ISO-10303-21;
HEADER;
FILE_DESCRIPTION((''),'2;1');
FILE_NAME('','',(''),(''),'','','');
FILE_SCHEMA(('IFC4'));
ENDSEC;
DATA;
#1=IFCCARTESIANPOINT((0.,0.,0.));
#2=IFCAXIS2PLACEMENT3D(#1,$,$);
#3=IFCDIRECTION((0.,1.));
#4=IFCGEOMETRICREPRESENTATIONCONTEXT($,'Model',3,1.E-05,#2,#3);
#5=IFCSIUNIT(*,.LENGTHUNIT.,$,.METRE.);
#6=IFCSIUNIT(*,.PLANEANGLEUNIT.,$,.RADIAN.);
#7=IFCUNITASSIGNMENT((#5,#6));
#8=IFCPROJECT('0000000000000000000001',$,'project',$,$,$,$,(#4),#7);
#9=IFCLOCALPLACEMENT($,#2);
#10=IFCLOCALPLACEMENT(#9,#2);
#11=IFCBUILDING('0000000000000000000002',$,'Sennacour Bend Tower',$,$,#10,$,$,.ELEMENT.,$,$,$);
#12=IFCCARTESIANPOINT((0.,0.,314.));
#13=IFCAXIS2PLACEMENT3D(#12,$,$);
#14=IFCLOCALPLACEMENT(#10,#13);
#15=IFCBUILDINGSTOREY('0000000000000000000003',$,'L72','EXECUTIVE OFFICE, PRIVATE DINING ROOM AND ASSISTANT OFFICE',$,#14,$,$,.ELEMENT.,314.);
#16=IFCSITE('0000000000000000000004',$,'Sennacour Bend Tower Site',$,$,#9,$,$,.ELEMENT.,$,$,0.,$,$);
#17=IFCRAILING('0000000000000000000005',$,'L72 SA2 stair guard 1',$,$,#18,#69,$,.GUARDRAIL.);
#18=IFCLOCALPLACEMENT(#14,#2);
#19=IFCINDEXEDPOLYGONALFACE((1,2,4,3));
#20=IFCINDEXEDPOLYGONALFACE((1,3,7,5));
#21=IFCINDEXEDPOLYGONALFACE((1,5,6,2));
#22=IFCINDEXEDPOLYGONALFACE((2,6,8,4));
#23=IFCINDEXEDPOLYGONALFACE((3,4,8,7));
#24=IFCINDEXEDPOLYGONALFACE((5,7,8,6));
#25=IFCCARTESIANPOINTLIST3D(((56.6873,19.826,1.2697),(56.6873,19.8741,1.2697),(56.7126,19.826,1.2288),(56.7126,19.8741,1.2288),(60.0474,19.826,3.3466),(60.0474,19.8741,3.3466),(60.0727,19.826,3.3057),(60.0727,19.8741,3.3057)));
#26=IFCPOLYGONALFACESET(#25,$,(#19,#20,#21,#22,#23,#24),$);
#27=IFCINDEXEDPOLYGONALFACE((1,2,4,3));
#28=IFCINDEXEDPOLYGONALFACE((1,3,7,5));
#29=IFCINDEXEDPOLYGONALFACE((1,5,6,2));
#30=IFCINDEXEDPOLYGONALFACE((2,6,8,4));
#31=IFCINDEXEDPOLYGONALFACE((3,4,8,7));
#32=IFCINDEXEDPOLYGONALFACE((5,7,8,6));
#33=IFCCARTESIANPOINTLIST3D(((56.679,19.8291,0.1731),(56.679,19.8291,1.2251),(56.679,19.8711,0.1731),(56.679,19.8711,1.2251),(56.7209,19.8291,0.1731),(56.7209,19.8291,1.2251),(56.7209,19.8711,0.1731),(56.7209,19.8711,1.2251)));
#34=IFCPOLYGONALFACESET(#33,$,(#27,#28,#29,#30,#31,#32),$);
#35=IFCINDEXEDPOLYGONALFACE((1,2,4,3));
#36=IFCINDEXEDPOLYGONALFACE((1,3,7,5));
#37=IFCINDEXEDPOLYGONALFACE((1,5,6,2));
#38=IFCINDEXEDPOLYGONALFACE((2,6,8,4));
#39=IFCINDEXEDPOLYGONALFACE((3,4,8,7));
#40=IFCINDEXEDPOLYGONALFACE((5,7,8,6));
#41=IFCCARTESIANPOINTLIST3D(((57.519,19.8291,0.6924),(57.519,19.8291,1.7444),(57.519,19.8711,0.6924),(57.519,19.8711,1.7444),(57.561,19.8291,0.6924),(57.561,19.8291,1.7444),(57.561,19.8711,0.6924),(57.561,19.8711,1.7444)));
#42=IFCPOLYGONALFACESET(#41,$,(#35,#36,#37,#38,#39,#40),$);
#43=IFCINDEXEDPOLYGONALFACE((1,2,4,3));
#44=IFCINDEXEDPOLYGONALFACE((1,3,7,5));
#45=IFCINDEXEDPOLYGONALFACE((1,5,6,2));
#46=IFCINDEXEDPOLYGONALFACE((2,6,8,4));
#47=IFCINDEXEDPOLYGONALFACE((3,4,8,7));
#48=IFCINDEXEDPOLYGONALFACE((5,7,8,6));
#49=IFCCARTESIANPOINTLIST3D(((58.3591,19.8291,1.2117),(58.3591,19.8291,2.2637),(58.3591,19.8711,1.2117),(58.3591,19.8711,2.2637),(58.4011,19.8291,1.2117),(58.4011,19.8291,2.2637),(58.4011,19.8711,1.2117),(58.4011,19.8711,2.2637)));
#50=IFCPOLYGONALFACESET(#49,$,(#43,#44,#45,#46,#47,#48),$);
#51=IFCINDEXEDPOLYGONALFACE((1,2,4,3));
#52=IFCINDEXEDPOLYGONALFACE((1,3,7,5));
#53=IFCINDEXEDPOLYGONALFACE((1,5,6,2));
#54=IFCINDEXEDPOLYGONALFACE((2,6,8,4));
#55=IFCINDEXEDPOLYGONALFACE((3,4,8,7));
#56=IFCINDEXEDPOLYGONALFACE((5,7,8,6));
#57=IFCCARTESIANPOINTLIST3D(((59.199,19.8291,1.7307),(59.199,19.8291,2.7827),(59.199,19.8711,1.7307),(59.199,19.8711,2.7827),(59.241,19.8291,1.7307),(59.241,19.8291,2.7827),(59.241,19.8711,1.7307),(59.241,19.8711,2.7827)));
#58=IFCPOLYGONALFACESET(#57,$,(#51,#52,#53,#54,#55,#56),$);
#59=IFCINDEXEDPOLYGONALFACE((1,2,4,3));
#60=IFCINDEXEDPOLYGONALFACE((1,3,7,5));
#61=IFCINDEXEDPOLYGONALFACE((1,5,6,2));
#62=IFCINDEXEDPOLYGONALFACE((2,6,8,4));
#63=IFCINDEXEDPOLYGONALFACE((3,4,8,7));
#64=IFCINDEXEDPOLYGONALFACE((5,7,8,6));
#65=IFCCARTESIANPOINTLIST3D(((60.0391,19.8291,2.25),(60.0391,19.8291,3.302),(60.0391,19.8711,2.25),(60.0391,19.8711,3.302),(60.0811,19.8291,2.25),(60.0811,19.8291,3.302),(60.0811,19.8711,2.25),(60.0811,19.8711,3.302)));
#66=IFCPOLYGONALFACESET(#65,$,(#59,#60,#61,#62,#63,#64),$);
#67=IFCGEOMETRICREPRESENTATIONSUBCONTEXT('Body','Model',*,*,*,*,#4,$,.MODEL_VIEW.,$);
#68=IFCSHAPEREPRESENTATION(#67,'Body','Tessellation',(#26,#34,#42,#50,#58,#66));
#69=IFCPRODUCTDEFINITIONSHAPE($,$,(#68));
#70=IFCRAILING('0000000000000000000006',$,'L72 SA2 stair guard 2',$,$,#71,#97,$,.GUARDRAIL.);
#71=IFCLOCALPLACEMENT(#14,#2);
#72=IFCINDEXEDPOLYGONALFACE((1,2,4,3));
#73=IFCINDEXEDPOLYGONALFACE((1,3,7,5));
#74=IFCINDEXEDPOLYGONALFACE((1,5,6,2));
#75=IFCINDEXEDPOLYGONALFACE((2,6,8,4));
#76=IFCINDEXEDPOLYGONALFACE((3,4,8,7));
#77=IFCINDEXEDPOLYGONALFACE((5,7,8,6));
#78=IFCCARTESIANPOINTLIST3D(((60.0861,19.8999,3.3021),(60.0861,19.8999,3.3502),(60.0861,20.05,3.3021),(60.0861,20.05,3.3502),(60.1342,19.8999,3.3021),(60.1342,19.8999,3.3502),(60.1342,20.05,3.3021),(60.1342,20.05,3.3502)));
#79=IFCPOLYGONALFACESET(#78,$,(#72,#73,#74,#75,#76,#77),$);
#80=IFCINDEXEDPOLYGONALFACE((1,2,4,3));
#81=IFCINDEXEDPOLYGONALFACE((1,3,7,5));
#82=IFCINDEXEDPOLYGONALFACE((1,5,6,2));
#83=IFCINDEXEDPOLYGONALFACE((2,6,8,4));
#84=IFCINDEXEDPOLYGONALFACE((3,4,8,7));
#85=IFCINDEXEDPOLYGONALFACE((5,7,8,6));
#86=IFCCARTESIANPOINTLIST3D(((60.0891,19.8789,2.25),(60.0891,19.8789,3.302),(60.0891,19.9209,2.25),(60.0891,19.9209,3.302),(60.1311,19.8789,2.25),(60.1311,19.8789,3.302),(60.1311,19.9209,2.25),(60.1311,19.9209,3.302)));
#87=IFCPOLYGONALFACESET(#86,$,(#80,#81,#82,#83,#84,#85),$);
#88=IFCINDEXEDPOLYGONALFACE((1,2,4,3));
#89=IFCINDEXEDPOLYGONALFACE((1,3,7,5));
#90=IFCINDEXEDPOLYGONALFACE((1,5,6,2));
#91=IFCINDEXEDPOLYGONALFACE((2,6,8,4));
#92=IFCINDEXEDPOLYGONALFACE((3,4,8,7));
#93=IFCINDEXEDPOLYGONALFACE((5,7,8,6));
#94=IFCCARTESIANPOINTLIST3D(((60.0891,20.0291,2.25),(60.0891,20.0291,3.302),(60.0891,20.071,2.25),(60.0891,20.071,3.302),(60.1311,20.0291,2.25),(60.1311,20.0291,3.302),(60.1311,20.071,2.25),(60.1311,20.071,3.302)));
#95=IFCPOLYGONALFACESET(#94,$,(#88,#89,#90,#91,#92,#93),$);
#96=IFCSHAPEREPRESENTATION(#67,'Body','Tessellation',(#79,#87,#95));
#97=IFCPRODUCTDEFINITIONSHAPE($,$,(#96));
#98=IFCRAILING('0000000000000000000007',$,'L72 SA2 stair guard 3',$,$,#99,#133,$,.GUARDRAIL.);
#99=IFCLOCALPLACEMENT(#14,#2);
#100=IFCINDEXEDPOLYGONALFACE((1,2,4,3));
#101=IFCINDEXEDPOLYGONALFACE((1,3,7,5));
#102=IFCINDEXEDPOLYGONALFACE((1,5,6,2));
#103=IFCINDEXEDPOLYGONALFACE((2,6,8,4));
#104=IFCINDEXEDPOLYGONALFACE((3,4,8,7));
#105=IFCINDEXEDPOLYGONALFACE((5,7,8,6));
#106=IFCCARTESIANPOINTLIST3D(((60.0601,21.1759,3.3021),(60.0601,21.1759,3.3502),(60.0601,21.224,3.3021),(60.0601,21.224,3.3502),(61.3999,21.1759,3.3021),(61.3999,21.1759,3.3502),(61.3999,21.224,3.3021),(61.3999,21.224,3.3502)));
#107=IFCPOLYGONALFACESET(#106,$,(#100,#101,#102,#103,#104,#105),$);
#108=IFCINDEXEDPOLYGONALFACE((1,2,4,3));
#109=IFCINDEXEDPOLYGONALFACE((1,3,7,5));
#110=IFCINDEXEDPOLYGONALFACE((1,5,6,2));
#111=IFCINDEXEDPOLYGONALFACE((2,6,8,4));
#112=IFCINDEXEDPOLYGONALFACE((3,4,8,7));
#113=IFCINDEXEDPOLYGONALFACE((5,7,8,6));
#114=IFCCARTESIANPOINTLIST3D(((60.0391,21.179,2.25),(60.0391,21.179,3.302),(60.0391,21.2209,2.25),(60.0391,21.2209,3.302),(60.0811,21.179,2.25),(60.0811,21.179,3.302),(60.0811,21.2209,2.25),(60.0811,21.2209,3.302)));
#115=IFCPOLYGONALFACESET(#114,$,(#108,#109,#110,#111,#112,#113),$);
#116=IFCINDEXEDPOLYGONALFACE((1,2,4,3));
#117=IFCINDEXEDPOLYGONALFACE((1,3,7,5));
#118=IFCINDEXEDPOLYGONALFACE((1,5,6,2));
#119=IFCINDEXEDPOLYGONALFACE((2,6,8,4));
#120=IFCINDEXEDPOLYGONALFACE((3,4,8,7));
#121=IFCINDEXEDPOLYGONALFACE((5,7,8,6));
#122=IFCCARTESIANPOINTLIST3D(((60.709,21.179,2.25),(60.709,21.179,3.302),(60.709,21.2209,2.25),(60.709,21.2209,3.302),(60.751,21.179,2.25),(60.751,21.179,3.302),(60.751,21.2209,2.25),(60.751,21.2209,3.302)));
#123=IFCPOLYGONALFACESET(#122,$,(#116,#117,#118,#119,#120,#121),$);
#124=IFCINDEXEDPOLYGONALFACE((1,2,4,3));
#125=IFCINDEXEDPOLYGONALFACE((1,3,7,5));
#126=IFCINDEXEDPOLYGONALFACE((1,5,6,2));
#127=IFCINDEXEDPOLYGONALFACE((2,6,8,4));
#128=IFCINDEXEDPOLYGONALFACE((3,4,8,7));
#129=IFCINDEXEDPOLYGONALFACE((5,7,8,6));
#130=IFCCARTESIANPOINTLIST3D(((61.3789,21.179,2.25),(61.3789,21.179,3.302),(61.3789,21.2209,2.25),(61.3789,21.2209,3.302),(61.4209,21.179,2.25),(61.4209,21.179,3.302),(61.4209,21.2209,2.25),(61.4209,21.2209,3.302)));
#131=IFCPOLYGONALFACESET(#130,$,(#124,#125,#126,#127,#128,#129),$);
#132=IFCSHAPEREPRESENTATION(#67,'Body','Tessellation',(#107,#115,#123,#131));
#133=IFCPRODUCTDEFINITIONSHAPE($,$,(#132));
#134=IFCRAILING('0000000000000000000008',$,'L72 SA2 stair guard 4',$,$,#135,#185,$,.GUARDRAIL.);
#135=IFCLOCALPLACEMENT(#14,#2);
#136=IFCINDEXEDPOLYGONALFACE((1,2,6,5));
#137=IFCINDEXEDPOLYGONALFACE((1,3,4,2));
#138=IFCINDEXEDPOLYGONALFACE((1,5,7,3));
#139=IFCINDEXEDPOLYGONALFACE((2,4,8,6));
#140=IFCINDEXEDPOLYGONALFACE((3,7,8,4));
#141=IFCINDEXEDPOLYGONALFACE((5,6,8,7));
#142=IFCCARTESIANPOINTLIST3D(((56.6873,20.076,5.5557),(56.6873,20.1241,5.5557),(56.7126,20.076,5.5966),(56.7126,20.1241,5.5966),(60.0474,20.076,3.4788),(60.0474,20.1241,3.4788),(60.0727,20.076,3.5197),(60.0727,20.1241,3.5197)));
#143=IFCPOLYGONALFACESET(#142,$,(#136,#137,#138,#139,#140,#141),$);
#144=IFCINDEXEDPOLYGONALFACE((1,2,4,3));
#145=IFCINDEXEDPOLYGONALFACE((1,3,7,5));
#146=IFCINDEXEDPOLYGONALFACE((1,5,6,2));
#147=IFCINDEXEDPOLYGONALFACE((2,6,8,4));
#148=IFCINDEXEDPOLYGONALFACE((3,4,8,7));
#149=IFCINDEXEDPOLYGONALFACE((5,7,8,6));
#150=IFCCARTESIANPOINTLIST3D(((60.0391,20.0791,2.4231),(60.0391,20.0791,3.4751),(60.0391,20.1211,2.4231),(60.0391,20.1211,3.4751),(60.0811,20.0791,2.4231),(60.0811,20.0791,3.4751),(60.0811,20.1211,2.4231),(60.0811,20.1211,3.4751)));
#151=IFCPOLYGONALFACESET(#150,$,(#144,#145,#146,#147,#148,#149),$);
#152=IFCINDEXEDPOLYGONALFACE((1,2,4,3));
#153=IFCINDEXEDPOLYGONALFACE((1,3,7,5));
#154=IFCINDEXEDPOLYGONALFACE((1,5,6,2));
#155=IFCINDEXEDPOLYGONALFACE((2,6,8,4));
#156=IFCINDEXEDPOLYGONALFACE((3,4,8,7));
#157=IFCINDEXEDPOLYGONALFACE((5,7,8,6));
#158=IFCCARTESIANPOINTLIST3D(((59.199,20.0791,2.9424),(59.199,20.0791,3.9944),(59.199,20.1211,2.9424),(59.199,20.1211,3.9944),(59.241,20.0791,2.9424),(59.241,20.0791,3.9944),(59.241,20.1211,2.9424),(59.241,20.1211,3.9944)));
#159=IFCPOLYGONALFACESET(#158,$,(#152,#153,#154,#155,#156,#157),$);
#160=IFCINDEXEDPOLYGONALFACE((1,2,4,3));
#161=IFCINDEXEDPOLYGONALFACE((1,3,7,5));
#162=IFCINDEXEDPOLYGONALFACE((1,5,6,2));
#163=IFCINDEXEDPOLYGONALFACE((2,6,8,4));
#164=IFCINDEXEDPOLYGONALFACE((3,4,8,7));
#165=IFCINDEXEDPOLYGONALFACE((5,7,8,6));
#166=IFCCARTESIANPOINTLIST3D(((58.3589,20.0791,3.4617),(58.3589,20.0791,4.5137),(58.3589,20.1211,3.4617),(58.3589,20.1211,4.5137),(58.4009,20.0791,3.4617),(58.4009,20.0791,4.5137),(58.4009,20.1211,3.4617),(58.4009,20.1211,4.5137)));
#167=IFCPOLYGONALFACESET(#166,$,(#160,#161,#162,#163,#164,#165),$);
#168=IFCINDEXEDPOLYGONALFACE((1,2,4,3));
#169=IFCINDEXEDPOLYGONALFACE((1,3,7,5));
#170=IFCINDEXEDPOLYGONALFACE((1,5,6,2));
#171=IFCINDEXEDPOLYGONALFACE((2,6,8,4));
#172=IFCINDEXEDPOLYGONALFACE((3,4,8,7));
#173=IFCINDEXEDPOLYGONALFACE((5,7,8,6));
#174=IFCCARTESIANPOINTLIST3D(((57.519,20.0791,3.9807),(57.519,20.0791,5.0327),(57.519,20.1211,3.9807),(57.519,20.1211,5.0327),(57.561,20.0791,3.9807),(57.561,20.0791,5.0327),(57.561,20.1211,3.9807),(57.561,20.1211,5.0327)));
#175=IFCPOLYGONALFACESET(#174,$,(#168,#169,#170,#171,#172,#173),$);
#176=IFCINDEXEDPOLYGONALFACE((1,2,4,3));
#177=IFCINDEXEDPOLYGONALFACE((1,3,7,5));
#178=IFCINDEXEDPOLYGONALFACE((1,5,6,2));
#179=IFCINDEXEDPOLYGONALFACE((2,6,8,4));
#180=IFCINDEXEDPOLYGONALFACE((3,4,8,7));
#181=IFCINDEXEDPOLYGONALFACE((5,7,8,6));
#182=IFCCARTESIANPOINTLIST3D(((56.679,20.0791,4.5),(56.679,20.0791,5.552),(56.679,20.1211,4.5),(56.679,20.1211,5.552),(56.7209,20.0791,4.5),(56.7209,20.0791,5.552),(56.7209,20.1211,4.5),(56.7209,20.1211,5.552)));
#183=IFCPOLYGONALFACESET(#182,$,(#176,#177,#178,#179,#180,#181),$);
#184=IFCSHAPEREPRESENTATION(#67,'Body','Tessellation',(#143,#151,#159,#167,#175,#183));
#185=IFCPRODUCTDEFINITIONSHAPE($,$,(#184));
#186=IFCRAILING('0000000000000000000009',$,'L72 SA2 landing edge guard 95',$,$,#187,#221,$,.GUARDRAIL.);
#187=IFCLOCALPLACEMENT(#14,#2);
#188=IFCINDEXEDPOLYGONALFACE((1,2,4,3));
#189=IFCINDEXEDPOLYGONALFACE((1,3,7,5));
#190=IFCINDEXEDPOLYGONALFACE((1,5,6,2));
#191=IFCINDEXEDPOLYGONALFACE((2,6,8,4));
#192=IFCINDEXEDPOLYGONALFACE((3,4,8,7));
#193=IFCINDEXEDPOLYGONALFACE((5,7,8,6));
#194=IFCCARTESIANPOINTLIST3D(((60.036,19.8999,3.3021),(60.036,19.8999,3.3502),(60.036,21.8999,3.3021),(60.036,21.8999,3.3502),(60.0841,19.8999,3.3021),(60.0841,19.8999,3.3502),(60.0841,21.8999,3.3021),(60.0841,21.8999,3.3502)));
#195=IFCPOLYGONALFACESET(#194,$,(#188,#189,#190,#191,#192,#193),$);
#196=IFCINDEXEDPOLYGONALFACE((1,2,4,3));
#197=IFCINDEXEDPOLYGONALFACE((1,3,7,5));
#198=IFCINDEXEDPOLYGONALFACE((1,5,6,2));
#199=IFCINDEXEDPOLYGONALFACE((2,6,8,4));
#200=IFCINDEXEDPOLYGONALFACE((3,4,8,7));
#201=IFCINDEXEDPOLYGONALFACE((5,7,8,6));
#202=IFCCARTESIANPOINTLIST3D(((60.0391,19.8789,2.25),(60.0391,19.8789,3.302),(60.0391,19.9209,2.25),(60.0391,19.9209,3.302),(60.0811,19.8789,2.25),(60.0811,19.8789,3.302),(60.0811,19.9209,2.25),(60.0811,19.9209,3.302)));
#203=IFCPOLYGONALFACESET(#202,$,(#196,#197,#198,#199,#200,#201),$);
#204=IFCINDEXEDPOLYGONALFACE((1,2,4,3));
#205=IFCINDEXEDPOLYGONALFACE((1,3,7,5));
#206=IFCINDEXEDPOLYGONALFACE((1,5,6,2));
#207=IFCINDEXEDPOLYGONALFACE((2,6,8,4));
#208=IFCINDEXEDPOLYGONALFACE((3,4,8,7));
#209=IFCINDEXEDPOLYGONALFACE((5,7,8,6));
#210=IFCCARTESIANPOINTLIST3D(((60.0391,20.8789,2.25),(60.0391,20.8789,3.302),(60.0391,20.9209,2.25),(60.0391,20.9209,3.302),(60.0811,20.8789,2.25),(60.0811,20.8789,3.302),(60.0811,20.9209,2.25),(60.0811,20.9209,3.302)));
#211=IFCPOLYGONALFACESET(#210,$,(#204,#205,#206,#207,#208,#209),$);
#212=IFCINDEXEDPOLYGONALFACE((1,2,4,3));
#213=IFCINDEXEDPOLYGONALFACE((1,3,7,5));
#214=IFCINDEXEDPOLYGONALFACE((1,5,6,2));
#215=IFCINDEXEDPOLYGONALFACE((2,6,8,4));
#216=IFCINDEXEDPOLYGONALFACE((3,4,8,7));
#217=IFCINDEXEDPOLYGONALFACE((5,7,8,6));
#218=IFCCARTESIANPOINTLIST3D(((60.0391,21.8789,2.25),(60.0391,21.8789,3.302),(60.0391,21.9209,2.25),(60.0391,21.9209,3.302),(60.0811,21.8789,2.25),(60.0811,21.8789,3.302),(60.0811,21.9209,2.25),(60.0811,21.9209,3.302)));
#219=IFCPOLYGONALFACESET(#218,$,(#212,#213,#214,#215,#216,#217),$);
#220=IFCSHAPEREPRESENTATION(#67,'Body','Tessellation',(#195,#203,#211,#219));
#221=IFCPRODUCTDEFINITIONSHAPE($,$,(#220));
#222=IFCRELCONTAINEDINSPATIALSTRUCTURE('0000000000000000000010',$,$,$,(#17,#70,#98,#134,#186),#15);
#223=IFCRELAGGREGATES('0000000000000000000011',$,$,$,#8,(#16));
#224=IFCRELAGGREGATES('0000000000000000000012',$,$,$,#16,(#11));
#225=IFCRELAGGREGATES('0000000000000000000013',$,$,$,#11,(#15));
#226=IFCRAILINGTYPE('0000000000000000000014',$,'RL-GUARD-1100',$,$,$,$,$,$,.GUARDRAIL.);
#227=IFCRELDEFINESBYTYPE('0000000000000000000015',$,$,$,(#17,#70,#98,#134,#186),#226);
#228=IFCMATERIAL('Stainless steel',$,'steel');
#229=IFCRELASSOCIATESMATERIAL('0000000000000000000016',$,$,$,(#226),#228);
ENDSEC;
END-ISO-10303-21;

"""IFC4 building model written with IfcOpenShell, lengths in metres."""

from ifc_helpers import new_model, si_unit, direction, frame, origin, origin_2d, place, context, subcontext, project, spatial, rectangle, extrude, material, type_object, element, save


model = new_model("IFC4")

# Units and contexts
model_context = context("Model", 3, precision=1e-05, world=origin(), true_north=direction((0.0, 1.0)))
body_context = subcontext(model_context, "Body", "Model", "MODEL_VIEW")
ifc_project = project(units=[si_unit("LENGTHUNIT", "METRE"), si_unit("PLANEANGLEUNIT", "RADIAN")], contexts=[model_context])

# Site, building, storey
site_placement = place(None, origin())
site = spatial("IfcSite", under=ifc_project, at=site_placement, Name="Sennacour Bend Tower Site", CompositionType="ELEMENT", RefElevation=0.0)
building_placement = place(site_placement, origin())
building = spatial("IfcBuilding", under=site, at=building_placement, Name="Sennacour Bend Tower", CompositionType="ELEMENT")
storey_placement = place(building_placement, frame((0.0, 0.0, 314.0)))
storey = spatial("IfcBuildingStorey", under=building, at=storey_placement, Name="L72", Description="EXECUTIVE OFFICE, PRIVATE DINING ROOM AND ASSISTANT OFFICE", CompositionType="ELEMENT", Elevation=314.0)

# Railings
ifc_material_1 = material(Name="Stainless steel", Category="steel")
railing_type_1 = type_object("IfcRailingType", Name="RL-GUARD-1100", PredefinedType="GUARDRAIL", material=ifc_material_1)
railing_1_placement = place(storey_placement, frame((56.7, 19.8501, 0.1731)))
element("IfcRailing", 1, at=railing_1_placement, inside=storey, type_object=railing_type_1, Name="L72 SA2 stair guard 1", PredefinedType="GUARDRAIL", context=body_context, shape_type="SweptSolid", body=[
    extrude(rectangle(XDim=0.0481, YDim=0.0481, at=origin_2d()), frame((0.0, 0.0, 1.0762), z_axis=(0.850623, 0.0, 0.525776), x_axis=(0.0, 1.0, 0.0)), (0.0, 0.0, 1.0), 3.9502),
    extrude(rectangle(XDim=0.042, YDim=0.042, at=origin_2d()), origin(), (0.0, 0.0, 1.0), 1.052),
    extrude(rectangle(XDim=0.042, YDim=0.042, at=origin_2d()), frame((0.8401, 0.0, 0.5193)), (0.0, 0.0, 1.0), 1.052),
    extrude(rectangle(XDim=0.042, YDim=0.042, at=origin_2d()), frame((1.6802, 0.0, 1.0386)), (0.0, 0.0, 1.0), 1.052),
    extrude(rectangle(XDim=0.042, YDim=0.042, at=origin_2d()), frame((2.52, 0.0, 1.5576)), (0.0, 0.0, 1.0), 1.052),
    extrude(rectangle(XDim=0.042, YDim=0.042, at=origin_2d()), frame((3.3601, 0.0, 2.0769)), (0.0, 0.0, 1.0), 1.052),
])
railing_2_placement = place(storey_placement, frame((60.1101, 19.8999, 2.25)))
element("IfcRailing", 2, at=railing_2_placement, inside=storey, type_object=railing_type_1, Name="L72 SA2 stair guard 2", PredefinedType="GUARDRAIL", context=body_context, shape_type="SweptSolid", body=[
    extrude(rectangle(XDim=0.0481, YDim=0.0481, at=origin_2d()), frame((0.0, 0.0, 1.0762), z_axis=(0.0, 1.0, 0.0), x_axis=(-1.0, 0.0, 0.0)), (0.0, 0.0, 1.0), 0.1501),
    extrude(rectangle(XDim=0.042, YDim=0.042, at=origin_2d()), origin(), (0.0, 0.0, 1.0), 1.052),
    extrude(rectangle(XDim=0.042, YDim=0.042, at=origin_2d()), frame((0.0, 0.1501, 0.0)), (0.0, 0.0, 1.0), 1.052),
])
railing_3_placement = place(storey_placement, frame((60.0601, 21.2, 2.25)))
element("IfcRailing", 3, at=railing_3_placement, inside=storey, type_object=railing_type_1, Name="L72 SA2 stair guard 3", PredefinedType="GUARDRAIL", context=body_context, shape_type="SweptSolid", body=[
    extrude(rectangle(XDim=0.0481, YDim=0.0481, at=origin_2d()), frame((0.0, 0.0, 1.0762), z_axis=(1.0, 0.0, 0.0), x_axis=(0.0, 1.0, 0.0)), (0.0, 0.0, 1.0), 1.3398),
    extrude(rectangle(XDim=0.042, YDim=0.042, at=origin_2d()), origin(), (0.0, 0.0, 1.0), 1.052),
    extrude(rectangle(XDim=0.042, YDim=0.042, at=origin_2d()), frame((0.6699, 0.0, 0.0)), (0.0, 0.0, 1.0), 1.052),
    extrude(rectangle(XDim=0.042, YDim=0.042, at=origin_2d()), frame((1.3398, 0.0, 0.0)), (0.0, 0.0, 1.0), 1.052),
])
railing_4_placement = place(storey_placement, frame((60.0601, 20.1001, 2.4231)))
element("IfcRailing", 4, at=railing_4_placement, inside=storey, type_object=railing_type_1, Name="L72 SA2 stair guard 4", PredefinedType="GUARDRAIL", context=body_context, shape_type="SweptSolid", body=[
    extrude(rectangle(XDim=0.0481, YDim=0.0481, at=origin_2d()), frame((0.0, 0.0, 1.0762), z_axis=(-0.850623, 0.0, 0.525776), x_axis=(0.0, -1.0, 0.0)), (0.0, 0.0, 1.0), 3.9502),
    extrude(rectangle(XDim=0.042, YDim=0.042, at=origin_2d()), origin(), (0.0, 0.0, 1.0), 1.052),
    extrude(rectangle(XDim=0.042, YDim=0.042, at=origin_2d()), frame((-0.8401, 0.0, 0.5193)), (0.0, 0.0, 1.0), 1.052),
    extrude(rectangle(XDim=0.042, YDim=0.042, at=origin_2d()), frame((-1.6802, 0.0, 1.0386)), (0.0, 0.0, 1.0), 1.052),
    extrude(rectangle(XDim=0.042, YDim=0.042, at=origin_2d()), frame((-2.52, 0.0, 1.5576)), (0.0, 0.0, 1.0), 1.052),
    extrude(rectangle(XDim=0.042, YDim=0.042, at=origin_2d()), frame((-3.3601, 0.0, 2.0769)), (0.0, 0.0, 1.0), 1.052),
])
railing_5_placement = place(storey_placement, frame((60.0601, 19.8999, 2.25)))
element("IfcRailing", 5, at=railing_5_placement, inside=storey, type_object=railing_type_1, Name="L72 SA2 landing edge guard 95", PredefinedType="GUARDRAIL", context=body_context, shape_type="SweptSolid", body=[
    extrude(rectangle(XDim=0.0481, YDim=0.0481, at=origin_2d()), frame((0.0, 0.0, 1.0762), z_axis=(0.0, 1.0, 0.0), x_axis=(-1.0, 0.0, 0.0)), (0.0, 0.0, 1.0), 2.0),
    extrude(rectangle(XDim=0.042, YDim=0.042, at=origin_2d()), origin(), (0.0, 0.0, 1.0), 1.052),
    extrude(rectangle(XDim=0.042, YDim=0.042, at=origin_2d()), frame((0.0, 1.0, 0.0)), (0.0, 0.0, 1.0), 1.052),
    extrude(rectangle(XDim=0.042, YDim=0.042, at=origin_2d()), frame((0.0, 2.0, 0.0)), (0.0, 0.0, 1.0), 1.052),
])

save(model, "model.ifc")
